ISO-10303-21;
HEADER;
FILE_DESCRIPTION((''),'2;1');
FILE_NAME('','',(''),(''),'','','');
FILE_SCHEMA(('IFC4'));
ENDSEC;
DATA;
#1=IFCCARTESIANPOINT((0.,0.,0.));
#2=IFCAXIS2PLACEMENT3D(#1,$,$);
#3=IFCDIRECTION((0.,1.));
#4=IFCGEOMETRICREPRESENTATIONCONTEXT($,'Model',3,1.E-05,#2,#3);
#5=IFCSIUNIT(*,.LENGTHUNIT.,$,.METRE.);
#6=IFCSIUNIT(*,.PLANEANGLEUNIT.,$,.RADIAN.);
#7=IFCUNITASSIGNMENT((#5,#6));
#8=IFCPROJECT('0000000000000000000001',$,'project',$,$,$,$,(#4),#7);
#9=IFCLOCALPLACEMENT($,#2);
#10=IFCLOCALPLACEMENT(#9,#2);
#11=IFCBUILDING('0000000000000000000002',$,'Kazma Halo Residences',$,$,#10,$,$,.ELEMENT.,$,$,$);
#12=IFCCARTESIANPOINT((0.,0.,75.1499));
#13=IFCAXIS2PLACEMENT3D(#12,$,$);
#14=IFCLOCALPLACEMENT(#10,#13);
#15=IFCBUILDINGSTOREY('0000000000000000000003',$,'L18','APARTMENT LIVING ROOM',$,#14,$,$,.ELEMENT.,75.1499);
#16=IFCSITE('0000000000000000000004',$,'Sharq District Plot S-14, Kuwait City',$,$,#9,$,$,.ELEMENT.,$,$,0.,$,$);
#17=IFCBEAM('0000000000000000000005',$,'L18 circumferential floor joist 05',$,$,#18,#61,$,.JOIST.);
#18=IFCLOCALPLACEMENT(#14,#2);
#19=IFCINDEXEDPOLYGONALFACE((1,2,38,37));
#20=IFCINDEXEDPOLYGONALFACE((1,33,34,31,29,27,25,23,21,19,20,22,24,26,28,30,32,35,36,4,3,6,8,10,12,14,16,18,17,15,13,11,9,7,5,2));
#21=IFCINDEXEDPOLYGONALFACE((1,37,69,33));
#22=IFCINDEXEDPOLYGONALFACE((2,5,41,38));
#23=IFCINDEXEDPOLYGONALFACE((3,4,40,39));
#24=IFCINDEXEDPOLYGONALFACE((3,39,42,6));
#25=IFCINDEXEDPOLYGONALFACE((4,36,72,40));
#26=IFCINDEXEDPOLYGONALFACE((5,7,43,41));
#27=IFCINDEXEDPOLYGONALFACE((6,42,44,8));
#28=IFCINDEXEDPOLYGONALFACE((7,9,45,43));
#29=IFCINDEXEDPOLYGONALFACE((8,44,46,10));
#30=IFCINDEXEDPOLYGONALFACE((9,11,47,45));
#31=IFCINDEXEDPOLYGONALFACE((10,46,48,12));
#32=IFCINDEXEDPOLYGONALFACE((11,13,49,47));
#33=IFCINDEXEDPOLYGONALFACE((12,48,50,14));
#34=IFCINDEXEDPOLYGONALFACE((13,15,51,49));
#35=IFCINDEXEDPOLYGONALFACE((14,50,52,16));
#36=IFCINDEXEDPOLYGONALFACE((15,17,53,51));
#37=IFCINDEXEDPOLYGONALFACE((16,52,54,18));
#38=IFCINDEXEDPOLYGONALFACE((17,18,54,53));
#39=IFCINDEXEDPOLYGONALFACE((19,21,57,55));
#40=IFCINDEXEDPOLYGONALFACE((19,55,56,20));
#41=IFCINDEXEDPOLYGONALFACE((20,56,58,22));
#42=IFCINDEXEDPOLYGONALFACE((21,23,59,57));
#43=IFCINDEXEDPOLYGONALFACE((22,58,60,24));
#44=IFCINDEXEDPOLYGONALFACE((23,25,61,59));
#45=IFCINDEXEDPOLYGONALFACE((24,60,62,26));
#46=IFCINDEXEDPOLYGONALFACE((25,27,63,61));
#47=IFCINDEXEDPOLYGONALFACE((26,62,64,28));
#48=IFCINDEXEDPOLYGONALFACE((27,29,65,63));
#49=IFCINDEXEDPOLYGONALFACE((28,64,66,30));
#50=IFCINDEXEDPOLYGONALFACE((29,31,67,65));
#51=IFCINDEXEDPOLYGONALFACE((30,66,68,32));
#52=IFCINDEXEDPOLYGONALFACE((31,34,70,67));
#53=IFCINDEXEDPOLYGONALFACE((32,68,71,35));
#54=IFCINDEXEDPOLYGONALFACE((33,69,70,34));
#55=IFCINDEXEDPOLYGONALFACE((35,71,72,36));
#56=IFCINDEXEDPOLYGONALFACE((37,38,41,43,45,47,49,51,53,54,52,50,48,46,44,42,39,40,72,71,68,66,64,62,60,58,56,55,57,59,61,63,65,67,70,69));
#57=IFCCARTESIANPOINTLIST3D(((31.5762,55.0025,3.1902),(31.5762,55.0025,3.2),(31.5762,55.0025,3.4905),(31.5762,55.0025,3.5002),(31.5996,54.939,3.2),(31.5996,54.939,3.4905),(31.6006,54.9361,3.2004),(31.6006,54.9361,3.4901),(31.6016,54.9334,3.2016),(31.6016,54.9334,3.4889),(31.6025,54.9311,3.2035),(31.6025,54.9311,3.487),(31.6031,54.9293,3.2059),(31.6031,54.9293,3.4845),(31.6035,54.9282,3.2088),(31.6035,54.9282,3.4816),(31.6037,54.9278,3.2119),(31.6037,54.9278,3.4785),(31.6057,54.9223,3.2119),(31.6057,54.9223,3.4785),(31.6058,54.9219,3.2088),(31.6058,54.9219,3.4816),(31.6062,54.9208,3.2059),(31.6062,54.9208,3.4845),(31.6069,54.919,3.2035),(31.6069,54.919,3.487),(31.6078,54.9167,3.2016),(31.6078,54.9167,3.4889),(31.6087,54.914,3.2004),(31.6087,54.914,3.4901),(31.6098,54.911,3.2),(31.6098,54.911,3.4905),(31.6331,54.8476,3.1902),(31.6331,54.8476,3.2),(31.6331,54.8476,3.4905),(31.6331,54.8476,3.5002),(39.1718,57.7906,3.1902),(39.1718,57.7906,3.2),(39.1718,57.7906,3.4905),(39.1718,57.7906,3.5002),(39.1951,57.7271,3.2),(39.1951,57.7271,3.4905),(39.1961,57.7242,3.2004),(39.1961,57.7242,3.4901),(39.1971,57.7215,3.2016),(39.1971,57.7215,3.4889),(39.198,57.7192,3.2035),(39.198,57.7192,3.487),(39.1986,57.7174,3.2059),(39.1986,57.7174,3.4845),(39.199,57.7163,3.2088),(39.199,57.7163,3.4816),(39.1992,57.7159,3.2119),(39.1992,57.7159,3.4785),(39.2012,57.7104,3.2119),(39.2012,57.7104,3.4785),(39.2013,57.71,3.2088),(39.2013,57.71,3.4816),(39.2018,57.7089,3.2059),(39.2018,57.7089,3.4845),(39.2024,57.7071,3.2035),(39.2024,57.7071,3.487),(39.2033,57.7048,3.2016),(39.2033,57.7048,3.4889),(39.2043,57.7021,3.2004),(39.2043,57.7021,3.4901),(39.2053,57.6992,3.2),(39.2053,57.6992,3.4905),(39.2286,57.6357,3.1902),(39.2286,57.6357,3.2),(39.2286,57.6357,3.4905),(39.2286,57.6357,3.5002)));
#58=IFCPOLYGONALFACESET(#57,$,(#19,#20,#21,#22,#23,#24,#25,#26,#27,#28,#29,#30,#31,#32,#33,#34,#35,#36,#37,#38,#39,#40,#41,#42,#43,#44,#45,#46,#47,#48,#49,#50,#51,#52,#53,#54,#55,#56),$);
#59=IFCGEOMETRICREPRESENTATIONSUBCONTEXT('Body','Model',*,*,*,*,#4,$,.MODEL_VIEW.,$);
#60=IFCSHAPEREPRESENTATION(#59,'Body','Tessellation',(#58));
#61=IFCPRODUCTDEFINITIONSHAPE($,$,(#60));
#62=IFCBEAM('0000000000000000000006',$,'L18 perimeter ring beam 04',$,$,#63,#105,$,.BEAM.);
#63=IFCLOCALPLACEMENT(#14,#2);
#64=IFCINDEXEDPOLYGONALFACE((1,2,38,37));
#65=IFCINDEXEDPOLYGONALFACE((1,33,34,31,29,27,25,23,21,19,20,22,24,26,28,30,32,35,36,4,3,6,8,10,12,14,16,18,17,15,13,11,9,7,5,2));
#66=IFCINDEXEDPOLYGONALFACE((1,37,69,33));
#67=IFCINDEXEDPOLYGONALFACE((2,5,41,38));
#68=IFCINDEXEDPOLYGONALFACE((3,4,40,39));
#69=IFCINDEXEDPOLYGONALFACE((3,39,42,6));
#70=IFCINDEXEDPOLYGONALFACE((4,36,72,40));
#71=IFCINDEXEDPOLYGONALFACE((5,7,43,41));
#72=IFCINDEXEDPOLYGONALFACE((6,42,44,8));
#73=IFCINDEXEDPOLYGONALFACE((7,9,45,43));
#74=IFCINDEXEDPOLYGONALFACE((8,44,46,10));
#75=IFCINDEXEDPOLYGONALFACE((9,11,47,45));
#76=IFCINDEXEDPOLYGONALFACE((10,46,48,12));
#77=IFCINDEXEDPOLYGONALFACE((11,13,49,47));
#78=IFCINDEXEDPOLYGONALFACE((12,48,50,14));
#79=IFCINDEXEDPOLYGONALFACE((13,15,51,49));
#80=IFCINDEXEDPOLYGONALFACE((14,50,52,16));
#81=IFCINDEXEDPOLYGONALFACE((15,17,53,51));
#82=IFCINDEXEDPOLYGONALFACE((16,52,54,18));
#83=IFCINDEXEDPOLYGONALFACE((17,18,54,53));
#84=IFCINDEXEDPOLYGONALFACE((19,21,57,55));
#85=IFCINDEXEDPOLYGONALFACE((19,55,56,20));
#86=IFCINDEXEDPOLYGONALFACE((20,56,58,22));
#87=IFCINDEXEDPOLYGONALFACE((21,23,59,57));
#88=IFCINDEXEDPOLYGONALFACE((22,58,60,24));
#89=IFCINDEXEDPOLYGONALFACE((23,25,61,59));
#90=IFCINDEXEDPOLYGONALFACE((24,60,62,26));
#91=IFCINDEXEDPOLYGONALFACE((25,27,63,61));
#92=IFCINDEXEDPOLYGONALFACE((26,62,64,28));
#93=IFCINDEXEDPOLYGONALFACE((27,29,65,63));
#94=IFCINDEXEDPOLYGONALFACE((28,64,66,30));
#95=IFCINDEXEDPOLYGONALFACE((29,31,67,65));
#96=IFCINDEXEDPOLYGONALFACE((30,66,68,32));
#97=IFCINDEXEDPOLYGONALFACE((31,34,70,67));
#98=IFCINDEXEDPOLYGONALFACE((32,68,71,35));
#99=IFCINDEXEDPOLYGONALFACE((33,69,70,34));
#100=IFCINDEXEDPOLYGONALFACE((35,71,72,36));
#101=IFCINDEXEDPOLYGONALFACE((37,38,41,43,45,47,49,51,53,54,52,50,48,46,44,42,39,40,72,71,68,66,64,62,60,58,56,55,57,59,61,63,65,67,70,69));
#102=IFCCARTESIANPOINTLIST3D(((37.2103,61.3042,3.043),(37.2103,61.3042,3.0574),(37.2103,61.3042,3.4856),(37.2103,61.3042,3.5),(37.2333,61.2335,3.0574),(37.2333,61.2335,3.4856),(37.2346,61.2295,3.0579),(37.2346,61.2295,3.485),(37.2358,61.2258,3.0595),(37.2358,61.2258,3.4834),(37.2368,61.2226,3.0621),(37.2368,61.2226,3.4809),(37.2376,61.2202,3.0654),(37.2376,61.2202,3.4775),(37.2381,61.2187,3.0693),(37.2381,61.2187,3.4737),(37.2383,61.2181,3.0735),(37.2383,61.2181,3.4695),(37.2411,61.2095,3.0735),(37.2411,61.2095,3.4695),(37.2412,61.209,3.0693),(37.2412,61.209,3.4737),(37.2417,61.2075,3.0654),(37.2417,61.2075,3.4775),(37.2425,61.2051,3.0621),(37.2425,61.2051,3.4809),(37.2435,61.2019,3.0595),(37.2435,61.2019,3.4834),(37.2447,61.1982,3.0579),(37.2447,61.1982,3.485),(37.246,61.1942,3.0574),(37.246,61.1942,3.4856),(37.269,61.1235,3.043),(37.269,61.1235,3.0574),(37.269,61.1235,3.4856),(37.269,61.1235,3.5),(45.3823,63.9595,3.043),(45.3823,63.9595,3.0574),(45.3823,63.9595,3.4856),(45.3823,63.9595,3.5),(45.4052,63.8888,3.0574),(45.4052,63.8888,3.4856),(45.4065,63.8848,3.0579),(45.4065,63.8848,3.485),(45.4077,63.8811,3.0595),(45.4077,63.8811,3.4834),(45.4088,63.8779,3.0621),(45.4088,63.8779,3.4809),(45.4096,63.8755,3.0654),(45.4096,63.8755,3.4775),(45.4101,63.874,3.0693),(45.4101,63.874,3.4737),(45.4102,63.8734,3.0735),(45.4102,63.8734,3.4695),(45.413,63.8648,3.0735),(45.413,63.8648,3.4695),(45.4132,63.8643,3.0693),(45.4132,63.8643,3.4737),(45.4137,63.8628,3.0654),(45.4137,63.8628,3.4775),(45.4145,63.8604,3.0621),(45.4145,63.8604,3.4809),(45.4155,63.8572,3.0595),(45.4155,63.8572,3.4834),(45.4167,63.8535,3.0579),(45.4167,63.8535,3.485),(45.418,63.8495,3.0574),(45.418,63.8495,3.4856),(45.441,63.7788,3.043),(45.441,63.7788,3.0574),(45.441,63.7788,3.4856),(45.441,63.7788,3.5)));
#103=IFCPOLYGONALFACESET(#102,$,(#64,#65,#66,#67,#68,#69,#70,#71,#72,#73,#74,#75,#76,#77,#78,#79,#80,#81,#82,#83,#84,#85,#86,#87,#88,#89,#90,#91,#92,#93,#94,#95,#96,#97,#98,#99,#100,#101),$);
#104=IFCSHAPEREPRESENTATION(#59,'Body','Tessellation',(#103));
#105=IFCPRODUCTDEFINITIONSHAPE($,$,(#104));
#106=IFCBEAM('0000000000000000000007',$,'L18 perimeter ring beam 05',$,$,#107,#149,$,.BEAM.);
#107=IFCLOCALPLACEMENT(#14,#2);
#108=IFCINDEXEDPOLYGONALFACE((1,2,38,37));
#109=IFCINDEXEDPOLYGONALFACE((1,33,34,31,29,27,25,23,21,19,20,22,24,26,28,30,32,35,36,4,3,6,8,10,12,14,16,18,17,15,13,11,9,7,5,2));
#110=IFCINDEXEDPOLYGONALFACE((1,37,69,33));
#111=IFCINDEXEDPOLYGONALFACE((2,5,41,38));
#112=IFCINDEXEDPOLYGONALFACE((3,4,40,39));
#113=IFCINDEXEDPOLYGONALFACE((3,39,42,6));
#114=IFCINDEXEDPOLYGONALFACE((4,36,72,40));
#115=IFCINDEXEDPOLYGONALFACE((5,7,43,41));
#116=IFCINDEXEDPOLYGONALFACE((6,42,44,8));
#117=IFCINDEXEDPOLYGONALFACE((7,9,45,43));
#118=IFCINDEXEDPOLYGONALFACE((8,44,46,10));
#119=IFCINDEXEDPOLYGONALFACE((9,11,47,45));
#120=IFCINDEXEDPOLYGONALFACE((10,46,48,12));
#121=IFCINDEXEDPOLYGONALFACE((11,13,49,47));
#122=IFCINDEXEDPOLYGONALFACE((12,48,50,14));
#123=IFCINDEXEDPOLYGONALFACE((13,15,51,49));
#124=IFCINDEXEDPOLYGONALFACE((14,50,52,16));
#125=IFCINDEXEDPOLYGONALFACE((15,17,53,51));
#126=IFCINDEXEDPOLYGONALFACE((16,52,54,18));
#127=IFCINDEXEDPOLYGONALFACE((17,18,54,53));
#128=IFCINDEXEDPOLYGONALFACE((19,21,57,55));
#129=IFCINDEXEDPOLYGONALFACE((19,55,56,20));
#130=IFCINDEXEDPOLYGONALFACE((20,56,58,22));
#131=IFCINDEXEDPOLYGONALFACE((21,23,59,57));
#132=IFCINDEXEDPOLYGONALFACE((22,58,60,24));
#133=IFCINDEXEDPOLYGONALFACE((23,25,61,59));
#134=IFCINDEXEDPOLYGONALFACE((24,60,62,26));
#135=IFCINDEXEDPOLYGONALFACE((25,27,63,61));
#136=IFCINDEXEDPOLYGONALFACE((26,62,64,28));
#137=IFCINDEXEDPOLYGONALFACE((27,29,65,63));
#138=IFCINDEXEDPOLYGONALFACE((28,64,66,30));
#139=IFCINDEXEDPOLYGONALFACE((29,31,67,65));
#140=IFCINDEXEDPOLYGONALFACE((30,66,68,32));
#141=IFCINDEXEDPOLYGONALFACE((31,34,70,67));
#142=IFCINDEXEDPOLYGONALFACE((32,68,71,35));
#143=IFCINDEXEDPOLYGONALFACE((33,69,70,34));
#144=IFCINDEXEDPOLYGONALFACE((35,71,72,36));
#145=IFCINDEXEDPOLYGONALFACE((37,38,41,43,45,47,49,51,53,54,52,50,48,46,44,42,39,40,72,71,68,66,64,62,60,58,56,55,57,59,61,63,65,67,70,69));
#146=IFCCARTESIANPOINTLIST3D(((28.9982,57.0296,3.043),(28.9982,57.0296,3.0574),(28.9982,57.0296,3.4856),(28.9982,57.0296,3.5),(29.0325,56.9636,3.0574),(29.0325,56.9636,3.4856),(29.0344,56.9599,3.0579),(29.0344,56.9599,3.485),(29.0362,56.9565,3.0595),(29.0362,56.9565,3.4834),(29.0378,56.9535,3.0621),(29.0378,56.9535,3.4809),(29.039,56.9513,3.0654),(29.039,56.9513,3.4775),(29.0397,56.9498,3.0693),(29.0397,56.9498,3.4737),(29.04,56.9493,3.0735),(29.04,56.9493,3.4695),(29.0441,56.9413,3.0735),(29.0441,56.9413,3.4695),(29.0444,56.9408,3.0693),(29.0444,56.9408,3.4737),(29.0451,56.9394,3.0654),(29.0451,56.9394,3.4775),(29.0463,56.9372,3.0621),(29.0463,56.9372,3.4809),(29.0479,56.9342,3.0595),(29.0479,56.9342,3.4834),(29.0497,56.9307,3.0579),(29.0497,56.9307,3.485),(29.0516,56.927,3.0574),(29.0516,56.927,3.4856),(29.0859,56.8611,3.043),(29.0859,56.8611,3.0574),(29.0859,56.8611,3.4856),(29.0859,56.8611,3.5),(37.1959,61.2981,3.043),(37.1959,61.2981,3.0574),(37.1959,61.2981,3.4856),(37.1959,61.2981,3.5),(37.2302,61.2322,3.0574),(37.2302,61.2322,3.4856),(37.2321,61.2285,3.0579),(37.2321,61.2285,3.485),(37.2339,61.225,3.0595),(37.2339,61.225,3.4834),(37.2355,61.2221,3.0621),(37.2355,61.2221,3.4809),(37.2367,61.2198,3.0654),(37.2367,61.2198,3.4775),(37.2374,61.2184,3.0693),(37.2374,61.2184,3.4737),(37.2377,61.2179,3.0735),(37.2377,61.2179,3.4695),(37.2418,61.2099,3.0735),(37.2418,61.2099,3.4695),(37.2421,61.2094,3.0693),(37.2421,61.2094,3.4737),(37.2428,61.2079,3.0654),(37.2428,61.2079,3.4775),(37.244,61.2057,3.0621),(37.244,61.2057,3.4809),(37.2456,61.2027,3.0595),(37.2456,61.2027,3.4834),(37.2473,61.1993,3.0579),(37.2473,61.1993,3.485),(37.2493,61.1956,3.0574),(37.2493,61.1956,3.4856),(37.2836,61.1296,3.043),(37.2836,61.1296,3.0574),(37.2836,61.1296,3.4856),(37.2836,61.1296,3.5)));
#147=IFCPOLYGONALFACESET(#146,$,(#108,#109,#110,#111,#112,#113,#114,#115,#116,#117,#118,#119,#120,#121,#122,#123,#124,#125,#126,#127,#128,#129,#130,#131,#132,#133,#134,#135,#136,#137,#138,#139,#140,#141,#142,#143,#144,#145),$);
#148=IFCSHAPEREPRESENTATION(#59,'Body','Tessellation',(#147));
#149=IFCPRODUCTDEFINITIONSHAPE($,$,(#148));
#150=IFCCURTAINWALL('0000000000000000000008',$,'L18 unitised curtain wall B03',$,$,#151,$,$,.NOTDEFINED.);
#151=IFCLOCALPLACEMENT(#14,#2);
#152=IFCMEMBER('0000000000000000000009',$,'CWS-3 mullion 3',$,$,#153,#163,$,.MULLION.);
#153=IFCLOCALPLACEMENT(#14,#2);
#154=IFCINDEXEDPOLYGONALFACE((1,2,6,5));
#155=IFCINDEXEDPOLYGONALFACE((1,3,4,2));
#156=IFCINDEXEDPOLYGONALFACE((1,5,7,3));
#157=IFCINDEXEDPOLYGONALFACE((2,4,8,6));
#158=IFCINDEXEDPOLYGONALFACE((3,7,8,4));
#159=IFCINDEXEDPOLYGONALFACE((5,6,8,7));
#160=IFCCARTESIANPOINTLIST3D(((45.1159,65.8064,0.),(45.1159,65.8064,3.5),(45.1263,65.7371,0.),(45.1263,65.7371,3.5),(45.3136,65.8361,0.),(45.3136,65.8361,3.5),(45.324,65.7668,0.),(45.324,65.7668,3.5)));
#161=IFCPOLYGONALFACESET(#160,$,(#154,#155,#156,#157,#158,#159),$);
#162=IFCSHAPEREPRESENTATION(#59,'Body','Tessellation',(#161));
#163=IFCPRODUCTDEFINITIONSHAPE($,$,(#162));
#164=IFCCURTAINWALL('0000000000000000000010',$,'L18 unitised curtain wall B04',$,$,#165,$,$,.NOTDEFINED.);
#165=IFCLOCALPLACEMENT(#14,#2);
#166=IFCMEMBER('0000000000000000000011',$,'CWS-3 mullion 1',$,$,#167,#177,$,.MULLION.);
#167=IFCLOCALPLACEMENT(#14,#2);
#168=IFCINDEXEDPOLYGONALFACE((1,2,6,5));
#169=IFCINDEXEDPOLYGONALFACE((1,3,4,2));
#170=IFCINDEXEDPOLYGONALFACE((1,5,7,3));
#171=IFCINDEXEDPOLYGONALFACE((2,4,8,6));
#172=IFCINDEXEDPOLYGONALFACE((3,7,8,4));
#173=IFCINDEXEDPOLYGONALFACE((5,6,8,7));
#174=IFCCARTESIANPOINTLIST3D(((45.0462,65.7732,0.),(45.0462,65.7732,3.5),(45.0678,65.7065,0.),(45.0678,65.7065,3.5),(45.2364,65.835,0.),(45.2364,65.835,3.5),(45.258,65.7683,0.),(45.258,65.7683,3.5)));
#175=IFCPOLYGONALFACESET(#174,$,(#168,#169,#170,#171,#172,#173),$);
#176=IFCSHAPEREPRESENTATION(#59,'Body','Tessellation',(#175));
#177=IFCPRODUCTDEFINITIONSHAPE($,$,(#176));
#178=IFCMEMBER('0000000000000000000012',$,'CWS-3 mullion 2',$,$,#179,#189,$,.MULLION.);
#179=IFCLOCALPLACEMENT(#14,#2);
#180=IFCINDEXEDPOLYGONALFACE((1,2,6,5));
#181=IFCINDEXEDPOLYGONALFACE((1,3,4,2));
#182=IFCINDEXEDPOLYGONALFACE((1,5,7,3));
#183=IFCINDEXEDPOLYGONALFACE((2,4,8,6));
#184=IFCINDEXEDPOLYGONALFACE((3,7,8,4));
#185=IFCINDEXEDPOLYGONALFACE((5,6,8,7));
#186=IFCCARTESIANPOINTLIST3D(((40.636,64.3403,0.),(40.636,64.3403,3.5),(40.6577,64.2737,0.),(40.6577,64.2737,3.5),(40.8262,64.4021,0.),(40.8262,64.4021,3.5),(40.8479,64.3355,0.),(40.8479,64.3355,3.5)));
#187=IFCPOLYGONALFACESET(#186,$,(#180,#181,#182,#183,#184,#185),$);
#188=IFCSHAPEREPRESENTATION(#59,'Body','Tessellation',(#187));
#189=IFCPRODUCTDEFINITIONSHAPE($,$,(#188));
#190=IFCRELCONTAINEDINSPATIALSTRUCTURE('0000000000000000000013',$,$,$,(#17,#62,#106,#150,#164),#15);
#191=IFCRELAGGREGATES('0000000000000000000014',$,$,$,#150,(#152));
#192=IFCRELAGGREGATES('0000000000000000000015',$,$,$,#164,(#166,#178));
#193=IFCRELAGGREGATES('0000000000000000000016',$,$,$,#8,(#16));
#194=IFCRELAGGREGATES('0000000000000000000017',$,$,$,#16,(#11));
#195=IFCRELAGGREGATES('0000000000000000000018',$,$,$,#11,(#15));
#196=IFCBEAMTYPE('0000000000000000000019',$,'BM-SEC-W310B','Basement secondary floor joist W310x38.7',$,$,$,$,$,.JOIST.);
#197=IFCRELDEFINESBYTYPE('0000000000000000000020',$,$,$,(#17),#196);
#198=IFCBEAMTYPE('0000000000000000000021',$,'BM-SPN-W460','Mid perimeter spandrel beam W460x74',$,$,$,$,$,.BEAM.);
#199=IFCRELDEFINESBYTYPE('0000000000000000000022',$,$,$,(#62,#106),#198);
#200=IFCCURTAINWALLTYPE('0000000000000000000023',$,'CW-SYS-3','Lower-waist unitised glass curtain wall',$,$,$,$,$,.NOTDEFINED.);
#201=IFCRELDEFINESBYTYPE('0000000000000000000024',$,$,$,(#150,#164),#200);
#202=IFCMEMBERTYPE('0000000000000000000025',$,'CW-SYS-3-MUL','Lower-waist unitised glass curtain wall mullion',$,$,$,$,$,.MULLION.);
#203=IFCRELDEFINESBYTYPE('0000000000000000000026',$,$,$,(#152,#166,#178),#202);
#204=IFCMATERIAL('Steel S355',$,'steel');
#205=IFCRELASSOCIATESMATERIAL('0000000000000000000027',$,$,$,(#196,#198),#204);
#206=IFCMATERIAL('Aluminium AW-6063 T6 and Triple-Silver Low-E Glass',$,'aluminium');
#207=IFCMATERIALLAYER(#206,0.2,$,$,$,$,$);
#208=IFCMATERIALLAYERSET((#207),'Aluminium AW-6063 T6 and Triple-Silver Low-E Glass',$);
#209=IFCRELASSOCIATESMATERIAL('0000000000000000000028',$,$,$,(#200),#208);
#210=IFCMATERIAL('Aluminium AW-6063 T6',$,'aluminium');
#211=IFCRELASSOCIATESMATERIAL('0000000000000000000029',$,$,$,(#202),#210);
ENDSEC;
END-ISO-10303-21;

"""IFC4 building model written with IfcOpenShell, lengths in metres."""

from ifc_helpers import new_model, si_unit, direction, frame, origin, origin_2d, place, context, subcontext, project, spatial, rectangle, i_section, extrude, material, layer, layer_set, material_profile, profile_set, type_object, element, aggregate, save


model = new_model("IFC4")

# Units and contexts
model_context = context("Model", 3, precision=1e-05, world=origin(), true_north=direction((0.0, 1.0)))
body_context = subcontext(model_context, "Body", "Model", "MODEL_VIEW")
ifc_project = project(units=[si_unit("LENGTHUNIT", "METRE"), si_unit("PLANEANGLEUNIT", "RADIAN")], contexts=[model_context])

# Site, building, storey
site_placement = place(None, origin())
site = spatial("IfcSite", under=ifc_project, at=site_placement, Name="Sharq District Plot S-14, Kuwait City", CompositionType="ELEMENT", RefElevation=0.0)
building_placement = place(site_placement, origin())
building = spatial("IfcBuilding", under=site, at=building_placement, Name="Kazma Halo Residences", CompositionType="ELEMENT")
storey_placement = place(building_placement, frame((0.0, 0.0, 75.1499)))
storey = spatial("IfcBuildingStorey", under=building, at=storey_placement, Name="L18", Description="APARTMENT LIVING ROOM", CompositionType="ELEMENT", Elevation=75.1499)

# Beams
ifc_material_1 = material(Name="Steel S355", Category="steel")
ifc_material_profile_1 = material_profile(ifc_material_1, i_section(OverallWidth=0.165, OverallDepth=0.3101, WebThickness=0.0059, FlangeThickness=0.0098, FilletRadius=0.012, at=origin_2d()), Name="W310x38.7")
ifc_profile_set_1 = profile_set([ifc_material_profile_1], Name="Steel S355")
beam_type_1 = type_object("IfcBeamType", Name="BM-SEC-W310B", Description="Basement secondary floor joist W310x38.7", PredefinedType="JOIST", material=ifc_profile_set_1)
beam_1_placement = place(storey_placement, frame((39.2002, 57.7131, 3.3452), z_axis=(-0.938753, -0.344591, 0.0), x_axis=(0.344591, -0.938753, 0.0)))
element("IfcBeam", 1, at=beam_1_placement, inside=storey, type_object=beam_type_1, Name="L18 circumferential floor joist 05", PredefinedType="JOIST", context=body_context, shape_type="SweptSolid", body=[
    extrude(i_section(OverallWidth=0.165, OverallDepth=0.3101, WebThickness=0.0059, FlangeThickness=0.0098, FilletRadius=0.012, at=origin_2d()), origin(), (0.0, 0.0, 1.0), 8.0911),
])
ifc_material_profile_2 = material_profile(ifc_material_1, i_section(OverallWidth=0.1899, OverallDepth=0.457, WebThickness=0.009, FlangeThickness=0.0144, FilletRadius=0.0161, at=origin_2d()), Name="W460x74")
ifc_profile_set_2 = profile_set([ifc_material_profile_2], Name="Steel S355")
beam_type_2 = type_object("IfcBeamType", Name="BM-SPN-W460", Description="Mid perimeter spandrel beam W460x74", PredefinedType="BEAM", material=ifc_profile_set_2)
beam_2_placement = place(storey_placement, frame((45.4116, 63.8691, 3.2715), z_axis=(-0.951054, -0.309024, 0.0), x_axis=(0.309024, -0.951054, 0.0)))
element("IfcBeam", 2, at=beam_2_placement, inside=storey, type_object=beam_type_2, Name="L18 perimeter ring beam 04", PredefinedType="BEAM", context=body_context, shape_type="SweptSolid", body=[
    extrude(i_section(OverallWidth=0.1899, OverallDepth=0.457, WebThickness=0.009, FlangeThickness=0.0144, FilletRadius=0.0161, at=origin_2d()), origin(), (0.0, 0.0, 1.0), 8.5925),
])
beam_3_placement = place(storey_placement, frame((37.2397, 61.2139, 3.2715), z_axis=(-0.886963, -0.46184, 0.0), x_axis=(0.46184, -0.886963, 0.0)))
element("IfcBeam", 3, at=beam_3_placement, inside=storey, type_object=beam_type_2, Name="L18 perimeter ring beam 05", PredefinedType="BEAM", context=body_context, shape_type="SweptSolid", body=[
    extrude(i_section(OverallWidth=0.1899, OverallDepth=0.457, WebThickness=0.009, FlangeThickness=0.0144, FilletRadius=0.0161, at=origin_2d()), origin(), (0.0, 0.0, 1.0), 9.2424),
])

# Curtain wall, member
ifc_material_2 = material(Name="Aluminium AW-6063 T6 and Triple-Silver Low-E Glass", Category="aluminium")
ifc_layer_1 = layer(ifc_material_2, 0.2)
ifc_layer_set_1 = layer_set([ifc_layer_1], Name="Aluminium AW-6063 T6 and Triple-Silver Low-E Glass")
curtain_wall_type = type_object("IfcCurtainWallType", Name="CW-SYS-3", Description="Lower-waist unitised glass curtain wall", PredefinedType="NOTDEFINED", material=ifc_layer_set_1)
curtain_wall_1_placement = place(storey_placement, origin())
curtain_wall_1 = element("IfcCurtainWall", 4, at=curtain_wall_1_placement, inside=storey, type_object=curtain_wall_type, Name="L18 unitised curtain wall B03", PredefinedType="NOTDEFINED")
ifc_material_3 = material(Name="Aluminium AW-6063 T6", Category="aluminium")
ifc_material_profile_3 = material_profile(ifc_material_3, rectangle(XDim=0.0701, YDim=0.2, at=origin_2d()), Name="CWM-70x200")
ifc_profile_set_3 = profile_set([ifc_material_profile_3], Name="Aluminium AW-6063 T6")
member_type_1 = type_object("IfcMemberType", Name="CW-SYS-3-MUL", Description="Lower-waist unitised glass curtain wall mullion", PredefinedType="MULLION", material=ifc_profile_set_3)
member_1_placement = place(storey_placement, frame((45.22, 65.7866, 0.0), z_axis=(0.0, 0.0, 1.0), x_axis=(0.148717, -0.98888, 0.0)))
member_1 = element("IfcMember", 5, at=member_1_placement, type_object=member_type_1, Name="CWS-3 mullion 3", PredefinedType="MULLION", context=body_context, shape_type="SweptSolid", body=[
    extrude(rectangle(XDim=0.0701, YDim=0.2, at=origin_2d()), origin(), (0.0, 0.0, 1.0), 3.5),
])
aggregate(curtain_wall_1, [member_1])

# Curtain wall, members
curtain_wall_2_placement = place(storey_placement, origin())
curtain_wall_2 = element("IfcCurtainWall", 6, at=curtain_wall_2_placement, inside=storey, type_object=curtain_wall_type, Name="L18 unitised curtain wall B04", PredefinedType="NOTDEFINED")
member_2_placement = place(storey_placement, frame((45.1521, 65.7708, 0.0), z_axis=(0.0, 0.0, 1.0), x_axis=(0.309017, -0.951056, 0.0)))
member_2 = element("IfcMember", 7, at=member_2_placement, type_object=member_type_1, Name="CWS-3 mullion 1", PredefinedType="MULLION", context=body_context, shape_type="SweptSolid", body=[
    extrude(rectangle(XDim=0.0701, YDim=0.2, at=origin_2d()), origin(), (0.0, 0.0, 1.0), 3.5),
])
member_3_placement = place(storey_placement, frame((40.7419, 64.3379, 0.0), z_axis=(0.0, 0.0, 1.0), x_axis=(0.309017, -0.951056, 0.0)))
member_3 = element("IfcMember", 8, at=member_3_placement, type_object=member_type_1, Name="CWS-3 mullion 2", PredefinedType="MULLION", context=body_context, shape_type="SweptSolid", body=[
    extrude(rectangle(XDim=0.0701, YDim=0.2, at=origin_2d()), origin(), (0.0, 0.0, 1.0), 3.5),
])
aggregate(curtain_wall_2, [member_2, member_3])

save(model, "model.ifc")
